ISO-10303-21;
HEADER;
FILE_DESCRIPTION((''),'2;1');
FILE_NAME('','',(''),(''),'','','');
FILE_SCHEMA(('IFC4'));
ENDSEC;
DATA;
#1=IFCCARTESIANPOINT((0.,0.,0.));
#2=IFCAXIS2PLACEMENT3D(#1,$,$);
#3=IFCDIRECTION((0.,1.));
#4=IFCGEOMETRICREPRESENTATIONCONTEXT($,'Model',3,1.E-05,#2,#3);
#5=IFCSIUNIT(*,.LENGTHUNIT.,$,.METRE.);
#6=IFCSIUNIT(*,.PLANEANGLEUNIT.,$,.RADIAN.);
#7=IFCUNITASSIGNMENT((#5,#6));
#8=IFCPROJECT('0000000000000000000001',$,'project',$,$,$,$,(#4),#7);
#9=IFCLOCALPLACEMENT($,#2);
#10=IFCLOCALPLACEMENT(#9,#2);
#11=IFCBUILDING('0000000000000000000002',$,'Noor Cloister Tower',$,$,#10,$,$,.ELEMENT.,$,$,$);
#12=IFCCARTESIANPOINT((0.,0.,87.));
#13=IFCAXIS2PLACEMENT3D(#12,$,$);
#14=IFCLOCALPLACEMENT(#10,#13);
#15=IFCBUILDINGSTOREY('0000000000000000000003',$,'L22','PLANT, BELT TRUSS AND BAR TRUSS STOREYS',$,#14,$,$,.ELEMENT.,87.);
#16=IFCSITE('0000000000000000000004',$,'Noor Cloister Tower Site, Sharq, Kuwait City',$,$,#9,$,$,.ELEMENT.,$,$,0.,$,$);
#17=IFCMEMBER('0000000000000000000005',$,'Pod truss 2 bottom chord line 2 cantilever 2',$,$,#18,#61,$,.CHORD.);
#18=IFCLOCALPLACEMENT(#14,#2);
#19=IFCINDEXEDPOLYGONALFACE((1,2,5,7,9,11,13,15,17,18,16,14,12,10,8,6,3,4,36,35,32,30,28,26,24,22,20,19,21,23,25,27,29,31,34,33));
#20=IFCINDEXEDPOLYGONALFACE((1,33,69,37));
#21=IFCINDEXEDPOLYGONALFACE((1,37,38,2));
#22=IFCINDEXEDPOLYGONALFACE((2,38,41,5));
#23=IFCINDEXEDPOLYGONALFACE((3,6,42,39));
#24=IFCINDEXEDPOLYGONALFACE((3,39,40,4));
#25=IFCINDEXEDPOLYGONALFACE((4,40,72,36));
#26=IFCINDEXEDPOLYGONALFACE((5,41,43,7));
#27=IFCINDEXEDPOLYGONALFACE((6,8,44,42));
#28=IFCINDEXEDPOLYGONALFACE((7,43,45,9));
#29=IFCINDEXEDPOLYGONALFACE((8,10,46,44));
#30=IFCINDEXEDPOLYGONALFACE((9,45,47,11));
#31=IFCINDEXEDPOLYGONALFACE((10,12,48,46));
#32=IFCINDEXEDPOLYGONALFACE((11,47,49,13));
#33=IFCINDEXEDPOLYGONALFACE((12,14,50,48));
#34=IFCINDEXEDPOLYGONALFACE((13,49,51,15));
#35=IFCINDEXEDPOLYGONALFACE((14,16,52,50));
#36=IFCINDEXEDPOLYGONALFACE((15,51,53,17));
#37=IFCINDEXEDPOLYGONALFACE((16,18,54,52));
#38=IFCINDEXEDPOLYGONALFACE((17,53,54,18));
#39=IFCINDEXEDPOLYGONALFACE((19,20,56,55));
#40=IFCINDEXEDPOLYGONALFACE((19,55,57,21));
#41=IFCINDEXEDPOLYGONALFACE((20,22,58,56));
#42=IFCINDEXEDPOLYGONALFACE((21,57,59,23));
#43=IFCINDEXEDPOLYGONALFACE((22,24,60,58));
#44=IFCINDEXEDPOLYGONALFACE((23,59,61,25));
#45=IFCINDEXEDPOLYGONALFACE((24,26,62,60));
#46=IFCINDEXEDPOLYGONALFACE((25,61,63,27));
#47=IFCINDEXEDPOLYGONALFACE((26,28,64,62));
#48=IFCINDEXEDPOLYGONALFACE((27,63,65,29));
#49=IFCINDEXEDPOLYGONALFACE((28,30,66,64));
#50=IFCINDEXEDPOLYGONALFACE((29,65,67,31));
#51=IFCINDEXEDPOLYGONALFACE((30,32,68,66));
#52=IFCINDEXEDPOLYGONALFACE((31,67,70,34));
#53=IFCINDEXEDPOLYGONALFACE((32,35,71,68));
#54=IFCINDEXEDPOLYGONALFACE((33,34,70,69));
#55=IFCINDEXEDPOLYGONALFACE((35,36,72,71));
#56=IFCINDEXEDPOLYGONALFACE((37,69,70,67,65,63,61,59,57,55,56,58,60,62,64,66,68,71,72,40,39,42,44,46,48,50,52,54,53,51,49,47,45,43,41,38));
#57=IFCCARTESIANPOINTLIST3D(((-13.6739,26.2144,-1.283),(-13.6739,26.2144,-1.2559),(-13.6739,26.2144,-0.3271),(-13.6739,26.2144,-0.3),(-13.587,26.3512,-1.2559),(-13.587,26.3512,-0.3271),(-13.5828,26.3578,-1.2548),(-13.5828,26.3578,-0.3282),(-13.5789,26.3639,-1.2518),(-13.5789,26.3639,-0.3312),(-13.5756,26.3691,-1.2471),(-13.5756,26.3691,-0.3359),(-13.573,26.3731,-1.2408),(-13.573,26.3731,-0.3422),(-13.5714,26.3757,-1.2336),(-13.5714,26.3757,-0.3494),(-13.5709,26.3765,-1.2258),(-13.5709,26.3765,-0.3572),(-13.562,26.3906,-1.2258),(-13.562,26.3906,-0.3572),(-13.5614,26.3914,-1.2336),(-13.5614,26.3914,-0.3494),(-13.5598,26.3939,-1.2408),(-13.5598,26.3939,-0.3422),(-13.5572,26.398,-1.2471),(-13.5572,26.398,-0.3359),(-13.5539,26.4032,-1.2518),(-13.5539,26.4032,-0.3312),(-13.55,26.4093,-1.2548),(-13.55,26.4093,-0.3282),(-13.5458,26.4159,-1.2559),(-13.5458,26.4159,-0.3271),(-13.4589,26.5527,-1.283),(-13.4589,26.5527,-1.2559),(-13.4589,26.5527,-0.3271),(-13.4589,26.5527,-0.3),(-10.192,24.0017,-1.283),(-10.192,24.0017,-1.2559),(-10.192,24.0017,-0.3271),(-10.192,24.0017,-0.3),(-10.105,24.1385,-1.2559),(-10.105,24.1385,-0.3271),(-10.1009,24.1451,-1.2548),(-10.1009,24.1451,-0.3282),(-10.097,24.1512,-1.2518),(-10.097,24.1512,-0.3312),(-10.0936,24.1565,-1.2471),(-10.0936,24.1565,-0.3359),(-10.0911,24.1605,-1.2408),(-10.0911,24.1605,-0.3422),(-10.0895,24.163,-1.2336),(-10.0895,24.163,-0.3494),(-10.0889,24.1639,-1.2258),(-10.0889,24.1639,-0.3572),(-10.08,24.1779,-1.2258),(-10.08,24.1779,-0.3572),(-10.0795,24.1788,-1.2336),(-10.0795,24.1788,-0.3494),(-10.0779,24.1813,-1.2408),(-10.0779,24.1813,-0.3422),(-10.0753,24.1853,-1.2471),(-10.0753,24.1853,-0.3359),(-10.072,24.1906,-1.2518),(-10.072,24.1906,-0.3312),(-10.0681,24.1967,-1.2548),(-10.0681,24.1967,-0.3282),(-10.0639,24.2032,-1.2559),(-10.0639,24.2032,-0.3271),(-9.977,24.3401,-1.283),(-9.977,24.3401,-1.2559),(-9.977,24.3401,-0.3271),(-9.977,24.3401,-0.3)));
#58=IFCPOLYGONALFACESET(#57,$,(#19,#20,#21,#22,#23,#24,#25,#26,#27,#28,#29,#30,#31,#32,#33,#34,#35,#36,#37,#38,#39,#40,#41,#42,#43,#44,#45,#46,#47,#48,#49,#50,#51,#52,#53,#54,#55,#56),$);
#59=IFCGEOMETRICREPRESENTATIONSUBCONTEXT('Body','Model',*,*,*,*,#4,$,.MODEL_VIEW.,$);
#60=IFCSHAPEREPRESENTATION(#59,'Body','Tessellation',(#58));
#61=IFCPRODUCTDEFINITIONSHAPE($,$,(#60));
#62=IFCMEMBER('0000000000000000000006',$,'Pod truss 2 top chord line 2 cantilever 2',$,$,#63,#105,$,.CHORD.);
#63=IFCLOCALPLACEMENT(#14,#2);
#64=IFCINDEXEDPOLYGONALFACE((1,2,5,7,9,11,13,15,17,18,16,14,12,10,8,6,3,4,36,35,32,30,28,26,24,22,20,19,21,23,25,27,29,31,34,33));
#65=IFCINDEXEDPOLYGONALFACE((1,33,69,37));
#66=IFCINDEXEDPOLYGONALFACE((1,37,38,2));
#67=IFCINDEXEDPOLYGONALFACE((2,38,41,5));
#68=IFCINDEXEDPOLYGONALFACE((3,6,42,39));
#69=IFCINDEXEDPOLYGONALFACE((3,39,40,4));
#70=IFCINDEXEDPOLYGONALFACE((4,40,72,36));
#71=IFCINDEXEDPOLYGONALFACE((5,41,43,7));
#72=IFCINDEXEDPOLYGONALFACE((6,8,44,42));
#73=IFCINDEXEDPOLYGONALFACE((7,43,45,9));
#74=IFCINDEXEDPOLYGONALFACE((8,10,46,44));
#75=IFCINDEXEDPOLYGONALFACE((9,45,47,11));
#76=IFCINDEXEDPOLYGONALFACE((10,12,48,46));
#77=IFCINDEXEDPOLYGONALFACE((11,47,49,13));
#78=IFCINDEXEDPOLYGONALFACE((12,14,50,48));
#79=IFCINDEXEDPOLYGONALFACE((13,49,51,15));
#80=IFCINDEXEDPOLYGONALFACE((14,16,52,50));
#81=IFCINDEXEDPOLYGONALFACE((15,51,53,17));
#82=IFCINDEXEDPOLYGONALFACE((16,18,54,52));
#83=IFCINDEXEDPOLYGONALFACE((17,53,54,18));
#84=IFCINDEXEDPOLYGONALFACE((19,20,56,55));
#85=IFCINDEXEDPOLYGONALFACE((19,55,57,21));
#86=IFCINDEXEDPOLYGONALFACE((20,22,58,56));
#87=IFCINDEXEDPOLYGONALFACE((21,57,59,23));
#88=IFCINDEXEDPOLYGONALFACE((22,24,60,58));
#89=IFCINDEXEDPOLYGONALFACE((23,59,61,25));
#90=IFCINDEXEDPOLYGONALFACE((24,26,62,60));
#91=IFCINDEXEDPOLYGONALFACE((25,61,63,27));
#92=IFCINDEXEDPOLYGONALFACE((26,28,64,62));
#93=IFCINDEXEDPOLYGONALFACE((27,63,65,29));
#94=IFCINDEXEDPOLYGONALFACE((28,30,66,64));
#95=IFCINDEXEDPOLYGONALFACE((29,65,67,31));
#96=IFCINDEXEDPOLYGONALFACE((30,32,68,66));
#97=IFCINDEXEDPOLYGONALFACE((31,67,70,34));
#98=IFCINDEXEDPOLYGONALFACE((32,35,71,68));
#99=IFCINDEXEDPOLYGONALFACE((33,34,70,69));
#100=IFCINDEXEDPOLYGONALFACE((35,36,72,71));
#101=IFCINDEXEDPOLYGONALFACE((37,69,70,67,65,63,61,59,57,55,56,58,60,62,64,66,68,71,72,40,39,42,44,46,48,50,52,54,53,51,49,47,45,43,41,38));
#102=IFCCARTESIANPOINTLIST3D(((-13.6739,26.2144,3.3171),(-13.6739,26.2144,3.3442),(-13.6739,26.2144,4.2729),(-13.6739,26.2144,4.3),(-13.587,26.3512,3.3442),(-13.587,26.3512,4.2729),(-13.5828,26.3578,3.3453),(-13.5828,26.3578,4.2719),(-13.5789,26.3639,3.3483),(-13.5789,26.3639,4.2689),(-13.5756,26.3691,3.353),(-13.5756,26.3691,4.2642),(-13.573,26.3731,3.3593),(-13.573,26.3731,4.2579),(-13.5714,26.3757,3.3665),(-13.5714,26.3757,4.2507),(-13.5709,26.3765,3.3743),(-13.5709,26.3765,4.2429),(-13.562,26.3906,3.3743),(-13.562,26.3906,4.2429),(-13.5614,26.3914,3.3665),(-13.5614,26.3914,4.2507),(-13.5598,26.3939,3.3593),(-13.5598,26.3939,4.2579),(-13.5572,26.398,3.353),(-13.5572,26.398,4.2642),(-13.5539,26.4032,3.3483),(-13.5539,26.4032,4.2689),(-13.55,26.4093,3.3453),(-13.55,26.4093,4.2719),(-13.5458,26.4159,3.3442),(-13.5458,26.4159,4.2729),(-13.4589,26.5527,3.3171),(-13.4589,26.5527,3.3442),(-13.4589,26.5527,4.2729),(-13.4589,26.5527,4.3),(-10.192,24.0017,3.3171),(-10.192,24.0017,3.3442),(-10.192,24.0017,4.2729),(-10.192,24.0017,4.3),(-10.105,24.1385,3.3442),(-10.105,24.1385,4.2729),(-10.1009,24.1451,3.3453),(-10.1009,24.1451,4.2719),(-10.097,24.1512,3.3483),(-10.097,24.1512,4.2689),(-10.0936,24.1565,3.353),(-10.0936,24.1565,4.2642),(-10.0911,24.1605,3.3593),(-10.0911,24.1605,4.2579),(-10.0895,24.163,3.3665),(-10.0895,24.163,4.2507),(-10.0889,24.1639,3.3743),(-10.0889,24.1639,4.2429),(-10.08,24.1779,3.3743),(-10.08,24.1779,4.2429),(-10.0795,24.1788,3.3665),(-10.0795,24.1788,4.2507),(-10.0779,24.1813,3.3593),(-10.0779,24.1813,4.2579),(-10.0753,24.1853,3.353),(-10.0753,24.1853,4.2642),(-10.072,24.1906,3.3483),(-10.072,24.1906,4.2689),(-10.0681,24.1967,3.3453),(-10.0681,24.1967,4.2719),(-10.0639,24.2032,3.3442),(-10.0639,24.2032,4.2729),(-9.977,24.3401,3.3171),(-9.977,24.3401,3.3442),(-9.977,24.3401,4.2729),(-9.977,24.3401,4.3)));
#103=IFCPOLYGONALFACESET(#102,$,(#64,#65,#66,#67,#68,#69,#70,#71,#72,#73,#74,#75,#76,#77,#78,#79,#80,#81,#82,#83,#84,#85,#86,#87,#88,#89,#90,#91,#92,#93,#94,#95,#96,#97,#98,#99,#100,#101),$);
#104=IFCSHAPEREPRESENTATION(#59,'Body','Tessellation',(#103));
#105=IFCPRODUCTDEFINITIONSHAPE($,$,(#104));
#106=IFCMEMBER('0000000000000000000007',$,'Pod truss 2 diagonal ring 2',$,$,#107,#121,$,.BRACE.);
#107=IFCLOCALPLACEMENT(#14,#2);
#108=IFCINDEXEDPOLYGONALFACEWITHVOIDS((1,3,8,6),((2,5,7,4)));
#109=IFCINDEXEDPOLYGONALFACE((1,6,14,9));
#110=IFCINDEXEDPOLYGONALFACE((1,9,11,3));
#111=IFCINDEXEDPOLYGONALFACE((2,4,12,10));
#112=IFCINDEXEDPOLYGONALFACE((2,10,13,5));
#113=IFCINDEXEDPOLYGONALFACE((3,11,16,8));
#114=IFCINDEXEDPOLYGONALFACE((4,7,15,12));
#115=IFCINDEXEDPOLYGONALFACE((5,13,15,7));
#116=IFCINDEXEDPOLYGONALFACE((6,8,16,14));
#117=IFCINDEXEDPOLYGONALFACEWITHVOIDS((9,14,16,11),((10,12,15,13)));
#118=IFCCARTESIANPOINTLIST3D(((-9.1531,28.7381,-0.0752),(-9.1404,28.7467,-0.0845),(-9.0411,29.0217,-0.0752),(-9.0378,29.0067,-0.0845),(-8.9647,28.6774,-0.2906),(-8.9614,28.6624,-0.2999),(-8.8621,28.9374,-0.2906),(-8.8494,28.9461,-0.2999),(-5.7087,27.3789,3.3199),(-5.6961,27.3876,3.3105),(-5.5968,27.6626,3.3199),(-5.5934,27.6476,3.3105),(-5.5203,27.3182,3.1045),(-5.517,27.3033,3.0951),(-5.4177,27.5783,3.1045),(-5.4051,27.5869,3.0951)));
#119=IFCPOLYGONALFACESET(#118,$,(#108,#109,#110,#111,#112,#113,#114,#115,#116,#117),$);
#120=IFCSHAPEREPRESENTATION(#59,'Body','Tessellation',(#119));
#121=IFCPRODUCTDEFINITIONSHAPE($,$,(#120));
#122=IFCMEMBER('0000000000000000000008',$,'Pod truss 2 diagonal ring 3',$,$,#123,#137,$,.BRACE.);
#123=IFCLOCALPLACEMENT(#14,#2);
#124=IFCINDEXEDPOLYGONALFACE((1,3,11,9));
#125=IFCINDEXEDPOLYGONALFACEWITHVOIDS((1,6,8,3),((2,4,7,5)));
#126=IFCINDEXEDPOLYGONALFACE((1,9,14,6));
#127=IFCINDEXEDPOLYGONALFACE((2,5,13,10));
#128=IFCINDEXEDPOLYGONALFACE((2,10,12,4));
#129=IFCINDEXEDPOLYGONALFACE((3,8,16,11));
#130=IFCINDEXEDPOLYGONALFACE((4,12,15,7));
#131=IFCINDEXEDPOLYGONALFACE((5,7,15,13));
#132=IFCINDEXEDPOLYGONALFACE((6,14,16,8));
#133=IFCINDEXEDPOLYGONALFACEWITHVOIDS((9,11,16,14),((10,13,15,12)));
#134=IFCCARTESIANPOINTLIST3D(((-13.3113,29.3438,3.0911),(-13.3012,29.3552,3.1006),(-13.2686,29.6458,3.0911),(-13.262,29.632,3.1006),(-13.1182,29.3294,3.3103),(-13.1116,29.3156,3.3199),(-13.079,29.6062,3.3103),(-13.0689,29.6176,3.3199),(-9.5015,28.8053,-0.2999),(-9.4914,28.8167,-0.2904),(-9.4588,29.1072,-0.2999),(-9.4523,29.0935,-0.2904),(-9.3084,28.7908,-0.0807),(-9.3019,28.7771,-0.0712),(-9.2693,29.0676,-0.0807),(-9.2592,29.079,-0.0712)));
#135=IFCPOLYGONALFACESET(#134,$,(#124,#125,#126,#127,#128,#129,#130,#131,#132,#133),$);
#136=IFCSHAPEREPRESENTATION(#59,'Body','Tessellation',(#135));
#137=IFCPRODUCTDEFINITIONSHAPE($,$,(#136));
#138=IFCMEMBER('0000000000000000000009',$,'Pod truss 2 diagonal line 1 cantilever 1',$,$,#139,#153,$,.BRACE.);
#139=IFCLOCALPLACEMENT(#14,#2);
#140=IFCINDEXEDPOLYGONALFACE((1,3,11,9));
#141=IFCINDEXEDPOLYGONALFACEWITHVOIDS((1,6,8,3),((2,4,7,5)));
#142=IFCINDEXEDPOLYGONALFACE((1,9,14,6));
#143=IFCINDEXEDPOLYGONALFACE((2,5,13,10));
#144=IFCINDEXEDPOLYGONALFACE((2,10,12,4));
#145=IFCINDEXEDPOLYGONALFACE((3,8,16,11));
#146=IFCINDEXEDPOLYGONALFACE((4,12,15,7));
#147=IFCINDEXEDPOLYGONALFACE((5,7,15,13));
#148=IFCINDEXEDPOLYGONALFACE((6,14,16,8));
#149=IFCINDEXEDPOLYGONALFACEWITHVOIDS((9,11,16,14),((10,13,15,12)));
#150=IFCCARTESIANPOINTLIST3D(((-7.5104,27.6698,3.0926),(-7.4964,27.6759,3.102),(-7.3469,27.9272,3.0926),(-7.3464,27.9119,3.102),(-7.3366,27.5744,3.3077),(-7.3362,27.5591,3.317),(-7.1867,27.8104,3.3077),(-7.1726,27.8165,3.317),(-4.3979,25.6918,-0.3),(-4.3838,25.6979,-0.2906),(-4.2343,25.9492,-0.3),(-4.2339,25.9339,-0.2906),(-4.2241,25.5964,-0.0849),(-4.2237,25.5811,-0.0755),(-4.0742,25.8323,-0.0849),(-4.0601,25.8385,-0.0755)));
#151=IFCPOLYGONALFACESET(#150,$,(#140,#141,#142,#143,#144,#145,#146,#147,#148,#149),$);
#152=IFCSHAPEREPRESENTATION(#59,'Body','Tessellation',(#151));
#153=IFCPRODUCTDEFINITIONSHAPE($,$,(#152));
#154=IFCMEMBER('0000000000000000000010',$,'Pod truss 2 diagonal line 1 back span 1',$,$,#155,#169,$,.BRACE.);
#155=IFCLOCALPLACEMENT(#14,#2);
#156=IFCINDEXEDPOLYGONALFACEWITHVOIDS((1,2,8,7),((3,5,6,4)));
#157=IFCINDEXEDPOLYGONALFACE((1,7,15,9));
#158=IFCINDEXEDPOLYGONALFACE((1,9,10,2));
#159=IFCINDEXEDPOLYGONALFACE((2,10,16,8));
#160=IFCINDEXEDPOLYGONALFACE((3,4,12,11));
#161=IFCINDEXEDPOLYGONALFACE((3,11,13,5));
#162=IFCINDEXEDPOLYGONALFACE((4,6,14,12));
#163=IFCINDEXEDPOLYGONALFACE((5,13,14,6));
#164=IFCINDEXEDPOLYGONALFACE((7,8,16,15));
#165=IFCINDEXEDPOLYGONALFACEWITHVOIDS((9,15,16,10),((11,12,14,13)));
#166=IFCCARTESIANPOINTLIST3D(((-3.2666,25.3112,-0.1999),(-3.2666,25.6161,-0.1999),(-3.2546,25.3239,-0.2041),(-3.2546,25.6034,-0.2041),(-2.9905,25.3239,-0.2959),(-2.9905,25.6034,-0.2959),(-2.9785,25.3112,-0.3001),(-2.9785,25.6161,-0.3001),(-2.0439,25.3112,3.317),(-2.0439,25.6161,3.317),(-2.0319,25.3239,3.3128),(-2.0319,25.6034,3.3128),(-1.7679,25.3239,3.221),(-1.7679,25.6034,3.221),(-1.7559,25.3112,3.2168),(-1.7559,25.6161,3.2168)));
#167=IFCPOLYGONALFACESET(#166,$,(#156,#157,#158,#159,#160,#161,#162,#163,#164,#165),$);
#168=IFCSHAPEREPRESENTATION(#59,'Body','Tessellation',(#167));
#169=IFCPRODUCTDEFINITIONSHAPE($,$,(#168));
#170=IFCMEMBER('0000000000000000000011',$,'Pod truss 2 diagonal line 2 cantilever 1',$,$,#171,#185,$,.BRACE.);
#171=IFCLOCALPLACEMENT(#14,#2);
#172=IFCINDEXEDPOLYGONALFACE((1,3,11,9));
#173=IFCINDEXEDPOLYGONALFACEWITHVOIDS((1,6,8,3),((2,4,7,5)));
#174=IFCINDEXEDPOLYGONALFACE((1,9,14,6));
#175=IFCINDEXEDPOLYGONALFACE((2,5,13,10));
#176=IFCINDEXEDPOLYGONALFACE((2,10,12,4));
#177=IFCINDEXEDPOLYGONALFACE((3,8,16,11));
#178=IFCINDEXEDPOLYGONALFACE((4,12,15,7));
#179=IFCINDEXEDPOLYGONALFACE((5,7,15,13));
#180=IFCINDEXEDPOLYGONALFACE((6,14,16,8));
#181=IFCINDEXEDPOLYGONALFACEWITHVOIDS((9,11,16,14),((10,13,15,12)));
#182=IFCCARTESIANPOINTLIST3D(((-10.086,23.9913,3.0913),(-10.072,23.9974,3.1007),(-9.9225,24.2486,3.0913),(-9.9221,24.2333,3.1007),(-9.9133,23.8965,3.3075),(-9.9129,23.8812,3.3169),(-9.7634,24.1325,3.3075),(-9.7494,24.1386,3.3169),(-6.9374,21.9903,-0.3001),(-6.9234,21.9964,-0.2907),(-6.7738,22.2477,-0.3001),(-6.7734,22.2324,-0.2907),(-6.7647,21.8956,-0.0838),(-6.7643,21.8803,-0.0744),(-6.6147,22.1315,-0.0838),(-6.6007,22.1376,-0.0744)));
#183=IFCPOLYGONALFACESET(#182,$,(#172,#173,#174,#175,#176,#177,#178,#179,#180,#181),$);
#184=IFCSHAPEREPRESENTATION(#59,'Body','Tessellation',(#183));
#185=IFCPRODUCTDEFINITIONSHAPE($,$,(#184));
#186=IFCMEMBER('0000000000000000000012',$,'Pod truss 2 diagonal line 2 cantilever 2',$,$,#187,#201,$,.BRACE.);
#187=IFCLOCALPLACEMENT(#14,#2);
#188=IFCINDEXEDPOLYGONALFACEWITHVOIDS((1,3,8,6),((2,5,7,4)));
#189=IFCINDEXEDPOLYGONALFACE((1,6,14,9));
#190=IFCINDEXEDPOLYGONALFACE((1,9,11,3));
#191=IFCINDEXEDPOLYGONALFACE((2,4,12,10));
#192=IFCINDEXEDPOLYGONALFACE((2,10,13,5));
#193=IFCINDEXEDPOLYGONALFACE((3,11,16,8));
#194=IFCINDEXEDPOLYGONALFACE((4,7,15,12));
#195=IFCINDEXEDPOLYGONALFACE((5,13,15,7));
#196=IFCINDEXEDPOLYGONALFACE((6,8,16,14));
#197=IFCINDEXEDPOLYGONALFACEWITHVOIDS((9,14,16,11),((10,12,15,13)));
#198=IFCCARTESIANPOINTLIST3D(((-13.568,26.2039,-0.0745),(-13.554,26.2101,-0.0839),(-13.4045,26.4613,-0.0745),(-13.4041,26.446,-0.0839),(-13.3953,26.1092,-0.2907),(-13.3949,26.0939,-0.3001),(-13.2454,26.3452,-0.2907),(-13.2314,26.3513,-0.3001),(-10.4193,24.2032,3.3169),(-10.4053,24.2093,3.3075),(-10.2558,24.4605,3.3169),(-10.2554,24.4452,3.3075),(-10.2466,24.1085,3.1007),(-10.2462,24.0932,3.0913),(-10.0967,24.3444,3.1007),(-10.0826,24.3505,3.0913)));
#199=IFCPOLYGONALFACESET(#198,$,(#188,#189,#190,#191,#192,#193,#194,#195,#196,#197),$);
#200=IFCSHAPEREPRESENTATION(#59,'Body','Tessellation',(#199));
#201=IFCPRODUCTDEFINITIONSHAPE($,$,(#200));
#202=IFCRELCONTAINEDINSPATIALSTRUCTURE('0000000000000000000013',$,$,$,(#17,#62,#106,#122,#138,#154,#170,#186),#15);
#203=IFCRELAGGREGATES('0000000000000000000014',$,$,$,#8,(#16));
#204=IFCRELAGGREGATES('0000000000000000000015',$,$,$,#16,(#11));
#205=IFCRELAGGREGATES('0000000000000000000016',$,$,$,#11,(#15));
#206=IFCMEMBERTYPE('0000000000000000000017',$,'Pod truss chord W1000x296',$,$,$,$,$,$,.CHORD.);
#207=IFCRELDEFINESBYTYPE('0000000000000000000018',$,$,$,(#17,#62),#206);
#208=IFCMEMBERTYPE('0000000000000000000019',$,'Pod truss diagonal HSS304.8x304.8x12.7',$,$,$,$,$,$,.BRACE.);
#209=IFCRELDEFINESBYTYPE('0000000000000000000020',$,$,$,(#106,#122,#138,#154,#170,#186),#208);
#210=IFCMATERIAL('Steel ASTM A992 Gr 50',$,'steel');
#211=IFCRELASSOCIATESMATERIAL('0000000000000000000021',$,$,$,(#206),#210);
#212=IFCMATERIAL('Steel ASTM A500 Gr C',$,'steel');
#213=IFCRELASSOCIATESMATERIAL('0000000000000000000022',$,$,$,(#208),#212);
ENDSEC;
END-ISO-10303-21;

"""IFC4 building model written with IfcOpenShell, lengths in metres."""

from ifc_helpers import new_model, si_unit, direction, frame, origin, origin_2d, place, context, subcontext, project, spatial, hollow_rectangle, i_section, extrude, material, material_profile, profile_set, type_object, element, save


model = new_model("IFC4")

# Units and contexts
model_context = context("Model", 3, precision=1e-05, world=origin(), true_north=direction((0.0, 1.0)))
body_context = subcontext(model_context, "Body", "Model", "MODEL_VIEW")
ifc_project = project(units=[si_unit("LENGTHUNIT", "METRE"), si_unit("PLANEANGLEUNIT", "RADIAN")], contexts=[model_context])

# Site, building, storey
site_placement = place(None, origin())
site = spatial("IfcSite", under=ifc_project, at=site_placement, Name="Noor Cloister Tower Site, Sharq, Kuwait City", CompositionType="ELEMENT", RefElevation=0.0)
building_placement = place(site_placement, origin())
building = spatial("IfcBuilding", under=site, at=building_placement, Name="Noor Cloister Tower", CompositionType="ELEMENT")
storey_placement = place(building_placement, frame((0.0, 0.0, 87.0)))
storey = spatial("IfcBuildingStorey", under=building, at=storey_placement, Name="L22", Description="PLANT, BELT TRUSS AND BAR TRUSS STOREYS", CompositionType="ELEMENT", Elevation=87.0)

# Members
ifc_material_1 = material(Name="Steel ASTM A992 Gr 50", Category="steel")
ifc_material_profile_1 = material_profile(ifc_material_1, i_section(OverallWidth=0.4009, OverallDepth=0.9829, WebThickness=0.0166, FlangeThickness=0.0271, FilletRadius=0.03, at=origin_2d()), Name="W1000x296")
ifc_profile_set_1 = profile_set([ifc_material_profile_1], Name="Steel ASTM A992 Gr 50")
member_type_1 = type_object("IfcMemberType", Name="Pod truss chord W1000x296", PredefinedType="CHORD", material=ifc_profile_set_1)
for number, where, z_axis, x_axis, name in (
    (1, (-10.0845, 24.1709, -0.7915), (-0.844005, 0.536335, 0.0), (-0.536335, -0.844005, 0.0), "Pod truss 2 bottom chord line 2 cantilever 2"),
    (2, (-10.0845, 24.1709, 3.8086), (-0.844005, 0.536335, 0.0), (-0.536335, -0.844005, 0.0), "Pod truss 2 top chord line 2 cantilever 2"),
):
    element("IfcMember", number, at=place(storey_placement, frame(where, z_axis=z_axis, x_axis=x_axis)), inside=storey, type_object=member_type_1, Name=name, PredefinedType="CHORD", context=body_context, shape_type="SweptSolid", body=[
        extrude(i_section(OverallWidth=0.4009, OverallDepth=0.9829, WebThickness=0.0166, FlangeThickness=0.0271, FilletRadius=0.03, at=origin_2d()), origin(), (0.0, 0.0, 1.0), 4.1255),
    ])
ifc_material_2 = material(Name="Steel ASTM A500 Gr C", Category="steel")
ifc_material_profile_2 = material_profile(ifc_material_2, hollow_rectangle(XDim=0.3049, YDim=0.3049, WallThickness=0.0127, at=origin_2d()), Name="HSS304.8x304.8x12.7")
ifc_profile_set_2 = profile_set([ifc_material_profile_2], Name="Steel ASTM A500 Gr C")
member_type_2 = type_object("IfcMemberType", Name="Pod truss diagonal HSS304.8x304.8x12.7", PredefinedType="BRACE", material=ifc_profile_set_2)
member_1_placement = place(storey_placement, frame((-5.5569, 27.4829, 3.2075), z_axis=(-0.685627, 0.270548, -0.67581), x_axis=(-0.367055, -0.930199, 0.0)))
element("IfcMember", 3, at=member_1_placement, inside=storey, type_object=member_type_2, Name="Pod truss 2 diagonal ring 2", PredefinedType="BRACE", context=body_context, shape_type="SweptSolid", body=[
    extrude(hollow_rectangle(XDim=0.3049, YDim=0.3049, WallThickness=0.0127, at=origin_2d()), origin(), (0.0, 0.0, 1.0), 5.0237),
])
member_2_placement = place(storey_placement, frame((-9.3804, 28.9421, -0.1855), z_axis=(-0.74283, 0.10501, 0.661193), x_axis=(-0.139973, -0.990155, 0.0)))
element("IfcMember", 4, at=member_2_placement, inside=storey, type_object=member_type_2, Name="Pod truss 2 diagonal ring 3", PredefinedType="BRACE", context=body_context, shape_type="SweptSolid", body=[
    extrude(hollow_rectangle(XDim=0.3049, YDim=0.3049, WallThickness=0.0127, at=origin_2d()), origin(), (0.0, 0.0, 1.0), 5.1287),
])
member_3_placement = place(storey_placement, frame((-4.229, 25.7651, -0.1877), z_axis=(-0.621143, 0.394737, 0.677026), x_axis=(-0.536357, -0.843991, 0.0)))
element("IfcMember", 5, at=member_3_placement, inside=storey, type_object=member_type_2, Name="Pod truss 2 diagonal line 1 cantilever 1", PredefinedType="BRACE", context=body_context, shape_type="SweptSolid", body=[
    extrude(hollow_rectangle(XDim=0.3049, YDim=0.3049, WallThickness=0.0127, at=origin_2d()), origin(), (0.0, 0.0, 1.0), 5.011),
])
member_4_placement = place(storey_placement, frame((-3.1226, 25.4636, -0.25), z_axis=(0.328378, 0.0, 0.944546), x_axis=(0.0, 1.0, 0.0)))
element("IfcMember", 6, at=member_4_placement, inside=storey, type_object=member_type_2, Name="Pod truss 2 diagonal line 1 back span 1", PredefinedType="BRACE", context=body_context, shape_type="SweptSolid", body=[
    extrude(hollow_rectangle(XDim=0.3049, YDim=0.3049, WallThickness=0.0127, at=origin_2d()), origin(), (0.0, 0.0, 1.0), 3.7234),
])
for number, where, z_axis, x_axis, name in (
    (7, (-6.769, 22.064, -0.1873), (-0.62452, 0.39688, 0.672653), (-0.536355, -0.843993, 0.0), "Pod truss 2 diagonal line 2 cantilever 1"),
    (8, (-10.251, 24.2769, 3.2041), (-0.624532, 0.396839, -0.672666), (-0.536308, -0.844022, 0.0), "Pod truss 2 diagonal line 2 cantilever 2"),
):
    element("IfcMember", number, at=place(storey_placement, frame(where, z_axis=z_axis, x_axis=x_axis)), inside=storey, type_object=member_type_2, Name=name, PredefinedType="BRACE", context=body_context, shape_type="SweptSolid", body=[
        extrude(hollow_rectangle(XDim=0.3049, YDim=0.3049, WallThickness=0.0127, at=origin_2d()), origin(), (0.0, 0.0, 1.0), 5.0417),
    ])

save(model, "model.ifc")
